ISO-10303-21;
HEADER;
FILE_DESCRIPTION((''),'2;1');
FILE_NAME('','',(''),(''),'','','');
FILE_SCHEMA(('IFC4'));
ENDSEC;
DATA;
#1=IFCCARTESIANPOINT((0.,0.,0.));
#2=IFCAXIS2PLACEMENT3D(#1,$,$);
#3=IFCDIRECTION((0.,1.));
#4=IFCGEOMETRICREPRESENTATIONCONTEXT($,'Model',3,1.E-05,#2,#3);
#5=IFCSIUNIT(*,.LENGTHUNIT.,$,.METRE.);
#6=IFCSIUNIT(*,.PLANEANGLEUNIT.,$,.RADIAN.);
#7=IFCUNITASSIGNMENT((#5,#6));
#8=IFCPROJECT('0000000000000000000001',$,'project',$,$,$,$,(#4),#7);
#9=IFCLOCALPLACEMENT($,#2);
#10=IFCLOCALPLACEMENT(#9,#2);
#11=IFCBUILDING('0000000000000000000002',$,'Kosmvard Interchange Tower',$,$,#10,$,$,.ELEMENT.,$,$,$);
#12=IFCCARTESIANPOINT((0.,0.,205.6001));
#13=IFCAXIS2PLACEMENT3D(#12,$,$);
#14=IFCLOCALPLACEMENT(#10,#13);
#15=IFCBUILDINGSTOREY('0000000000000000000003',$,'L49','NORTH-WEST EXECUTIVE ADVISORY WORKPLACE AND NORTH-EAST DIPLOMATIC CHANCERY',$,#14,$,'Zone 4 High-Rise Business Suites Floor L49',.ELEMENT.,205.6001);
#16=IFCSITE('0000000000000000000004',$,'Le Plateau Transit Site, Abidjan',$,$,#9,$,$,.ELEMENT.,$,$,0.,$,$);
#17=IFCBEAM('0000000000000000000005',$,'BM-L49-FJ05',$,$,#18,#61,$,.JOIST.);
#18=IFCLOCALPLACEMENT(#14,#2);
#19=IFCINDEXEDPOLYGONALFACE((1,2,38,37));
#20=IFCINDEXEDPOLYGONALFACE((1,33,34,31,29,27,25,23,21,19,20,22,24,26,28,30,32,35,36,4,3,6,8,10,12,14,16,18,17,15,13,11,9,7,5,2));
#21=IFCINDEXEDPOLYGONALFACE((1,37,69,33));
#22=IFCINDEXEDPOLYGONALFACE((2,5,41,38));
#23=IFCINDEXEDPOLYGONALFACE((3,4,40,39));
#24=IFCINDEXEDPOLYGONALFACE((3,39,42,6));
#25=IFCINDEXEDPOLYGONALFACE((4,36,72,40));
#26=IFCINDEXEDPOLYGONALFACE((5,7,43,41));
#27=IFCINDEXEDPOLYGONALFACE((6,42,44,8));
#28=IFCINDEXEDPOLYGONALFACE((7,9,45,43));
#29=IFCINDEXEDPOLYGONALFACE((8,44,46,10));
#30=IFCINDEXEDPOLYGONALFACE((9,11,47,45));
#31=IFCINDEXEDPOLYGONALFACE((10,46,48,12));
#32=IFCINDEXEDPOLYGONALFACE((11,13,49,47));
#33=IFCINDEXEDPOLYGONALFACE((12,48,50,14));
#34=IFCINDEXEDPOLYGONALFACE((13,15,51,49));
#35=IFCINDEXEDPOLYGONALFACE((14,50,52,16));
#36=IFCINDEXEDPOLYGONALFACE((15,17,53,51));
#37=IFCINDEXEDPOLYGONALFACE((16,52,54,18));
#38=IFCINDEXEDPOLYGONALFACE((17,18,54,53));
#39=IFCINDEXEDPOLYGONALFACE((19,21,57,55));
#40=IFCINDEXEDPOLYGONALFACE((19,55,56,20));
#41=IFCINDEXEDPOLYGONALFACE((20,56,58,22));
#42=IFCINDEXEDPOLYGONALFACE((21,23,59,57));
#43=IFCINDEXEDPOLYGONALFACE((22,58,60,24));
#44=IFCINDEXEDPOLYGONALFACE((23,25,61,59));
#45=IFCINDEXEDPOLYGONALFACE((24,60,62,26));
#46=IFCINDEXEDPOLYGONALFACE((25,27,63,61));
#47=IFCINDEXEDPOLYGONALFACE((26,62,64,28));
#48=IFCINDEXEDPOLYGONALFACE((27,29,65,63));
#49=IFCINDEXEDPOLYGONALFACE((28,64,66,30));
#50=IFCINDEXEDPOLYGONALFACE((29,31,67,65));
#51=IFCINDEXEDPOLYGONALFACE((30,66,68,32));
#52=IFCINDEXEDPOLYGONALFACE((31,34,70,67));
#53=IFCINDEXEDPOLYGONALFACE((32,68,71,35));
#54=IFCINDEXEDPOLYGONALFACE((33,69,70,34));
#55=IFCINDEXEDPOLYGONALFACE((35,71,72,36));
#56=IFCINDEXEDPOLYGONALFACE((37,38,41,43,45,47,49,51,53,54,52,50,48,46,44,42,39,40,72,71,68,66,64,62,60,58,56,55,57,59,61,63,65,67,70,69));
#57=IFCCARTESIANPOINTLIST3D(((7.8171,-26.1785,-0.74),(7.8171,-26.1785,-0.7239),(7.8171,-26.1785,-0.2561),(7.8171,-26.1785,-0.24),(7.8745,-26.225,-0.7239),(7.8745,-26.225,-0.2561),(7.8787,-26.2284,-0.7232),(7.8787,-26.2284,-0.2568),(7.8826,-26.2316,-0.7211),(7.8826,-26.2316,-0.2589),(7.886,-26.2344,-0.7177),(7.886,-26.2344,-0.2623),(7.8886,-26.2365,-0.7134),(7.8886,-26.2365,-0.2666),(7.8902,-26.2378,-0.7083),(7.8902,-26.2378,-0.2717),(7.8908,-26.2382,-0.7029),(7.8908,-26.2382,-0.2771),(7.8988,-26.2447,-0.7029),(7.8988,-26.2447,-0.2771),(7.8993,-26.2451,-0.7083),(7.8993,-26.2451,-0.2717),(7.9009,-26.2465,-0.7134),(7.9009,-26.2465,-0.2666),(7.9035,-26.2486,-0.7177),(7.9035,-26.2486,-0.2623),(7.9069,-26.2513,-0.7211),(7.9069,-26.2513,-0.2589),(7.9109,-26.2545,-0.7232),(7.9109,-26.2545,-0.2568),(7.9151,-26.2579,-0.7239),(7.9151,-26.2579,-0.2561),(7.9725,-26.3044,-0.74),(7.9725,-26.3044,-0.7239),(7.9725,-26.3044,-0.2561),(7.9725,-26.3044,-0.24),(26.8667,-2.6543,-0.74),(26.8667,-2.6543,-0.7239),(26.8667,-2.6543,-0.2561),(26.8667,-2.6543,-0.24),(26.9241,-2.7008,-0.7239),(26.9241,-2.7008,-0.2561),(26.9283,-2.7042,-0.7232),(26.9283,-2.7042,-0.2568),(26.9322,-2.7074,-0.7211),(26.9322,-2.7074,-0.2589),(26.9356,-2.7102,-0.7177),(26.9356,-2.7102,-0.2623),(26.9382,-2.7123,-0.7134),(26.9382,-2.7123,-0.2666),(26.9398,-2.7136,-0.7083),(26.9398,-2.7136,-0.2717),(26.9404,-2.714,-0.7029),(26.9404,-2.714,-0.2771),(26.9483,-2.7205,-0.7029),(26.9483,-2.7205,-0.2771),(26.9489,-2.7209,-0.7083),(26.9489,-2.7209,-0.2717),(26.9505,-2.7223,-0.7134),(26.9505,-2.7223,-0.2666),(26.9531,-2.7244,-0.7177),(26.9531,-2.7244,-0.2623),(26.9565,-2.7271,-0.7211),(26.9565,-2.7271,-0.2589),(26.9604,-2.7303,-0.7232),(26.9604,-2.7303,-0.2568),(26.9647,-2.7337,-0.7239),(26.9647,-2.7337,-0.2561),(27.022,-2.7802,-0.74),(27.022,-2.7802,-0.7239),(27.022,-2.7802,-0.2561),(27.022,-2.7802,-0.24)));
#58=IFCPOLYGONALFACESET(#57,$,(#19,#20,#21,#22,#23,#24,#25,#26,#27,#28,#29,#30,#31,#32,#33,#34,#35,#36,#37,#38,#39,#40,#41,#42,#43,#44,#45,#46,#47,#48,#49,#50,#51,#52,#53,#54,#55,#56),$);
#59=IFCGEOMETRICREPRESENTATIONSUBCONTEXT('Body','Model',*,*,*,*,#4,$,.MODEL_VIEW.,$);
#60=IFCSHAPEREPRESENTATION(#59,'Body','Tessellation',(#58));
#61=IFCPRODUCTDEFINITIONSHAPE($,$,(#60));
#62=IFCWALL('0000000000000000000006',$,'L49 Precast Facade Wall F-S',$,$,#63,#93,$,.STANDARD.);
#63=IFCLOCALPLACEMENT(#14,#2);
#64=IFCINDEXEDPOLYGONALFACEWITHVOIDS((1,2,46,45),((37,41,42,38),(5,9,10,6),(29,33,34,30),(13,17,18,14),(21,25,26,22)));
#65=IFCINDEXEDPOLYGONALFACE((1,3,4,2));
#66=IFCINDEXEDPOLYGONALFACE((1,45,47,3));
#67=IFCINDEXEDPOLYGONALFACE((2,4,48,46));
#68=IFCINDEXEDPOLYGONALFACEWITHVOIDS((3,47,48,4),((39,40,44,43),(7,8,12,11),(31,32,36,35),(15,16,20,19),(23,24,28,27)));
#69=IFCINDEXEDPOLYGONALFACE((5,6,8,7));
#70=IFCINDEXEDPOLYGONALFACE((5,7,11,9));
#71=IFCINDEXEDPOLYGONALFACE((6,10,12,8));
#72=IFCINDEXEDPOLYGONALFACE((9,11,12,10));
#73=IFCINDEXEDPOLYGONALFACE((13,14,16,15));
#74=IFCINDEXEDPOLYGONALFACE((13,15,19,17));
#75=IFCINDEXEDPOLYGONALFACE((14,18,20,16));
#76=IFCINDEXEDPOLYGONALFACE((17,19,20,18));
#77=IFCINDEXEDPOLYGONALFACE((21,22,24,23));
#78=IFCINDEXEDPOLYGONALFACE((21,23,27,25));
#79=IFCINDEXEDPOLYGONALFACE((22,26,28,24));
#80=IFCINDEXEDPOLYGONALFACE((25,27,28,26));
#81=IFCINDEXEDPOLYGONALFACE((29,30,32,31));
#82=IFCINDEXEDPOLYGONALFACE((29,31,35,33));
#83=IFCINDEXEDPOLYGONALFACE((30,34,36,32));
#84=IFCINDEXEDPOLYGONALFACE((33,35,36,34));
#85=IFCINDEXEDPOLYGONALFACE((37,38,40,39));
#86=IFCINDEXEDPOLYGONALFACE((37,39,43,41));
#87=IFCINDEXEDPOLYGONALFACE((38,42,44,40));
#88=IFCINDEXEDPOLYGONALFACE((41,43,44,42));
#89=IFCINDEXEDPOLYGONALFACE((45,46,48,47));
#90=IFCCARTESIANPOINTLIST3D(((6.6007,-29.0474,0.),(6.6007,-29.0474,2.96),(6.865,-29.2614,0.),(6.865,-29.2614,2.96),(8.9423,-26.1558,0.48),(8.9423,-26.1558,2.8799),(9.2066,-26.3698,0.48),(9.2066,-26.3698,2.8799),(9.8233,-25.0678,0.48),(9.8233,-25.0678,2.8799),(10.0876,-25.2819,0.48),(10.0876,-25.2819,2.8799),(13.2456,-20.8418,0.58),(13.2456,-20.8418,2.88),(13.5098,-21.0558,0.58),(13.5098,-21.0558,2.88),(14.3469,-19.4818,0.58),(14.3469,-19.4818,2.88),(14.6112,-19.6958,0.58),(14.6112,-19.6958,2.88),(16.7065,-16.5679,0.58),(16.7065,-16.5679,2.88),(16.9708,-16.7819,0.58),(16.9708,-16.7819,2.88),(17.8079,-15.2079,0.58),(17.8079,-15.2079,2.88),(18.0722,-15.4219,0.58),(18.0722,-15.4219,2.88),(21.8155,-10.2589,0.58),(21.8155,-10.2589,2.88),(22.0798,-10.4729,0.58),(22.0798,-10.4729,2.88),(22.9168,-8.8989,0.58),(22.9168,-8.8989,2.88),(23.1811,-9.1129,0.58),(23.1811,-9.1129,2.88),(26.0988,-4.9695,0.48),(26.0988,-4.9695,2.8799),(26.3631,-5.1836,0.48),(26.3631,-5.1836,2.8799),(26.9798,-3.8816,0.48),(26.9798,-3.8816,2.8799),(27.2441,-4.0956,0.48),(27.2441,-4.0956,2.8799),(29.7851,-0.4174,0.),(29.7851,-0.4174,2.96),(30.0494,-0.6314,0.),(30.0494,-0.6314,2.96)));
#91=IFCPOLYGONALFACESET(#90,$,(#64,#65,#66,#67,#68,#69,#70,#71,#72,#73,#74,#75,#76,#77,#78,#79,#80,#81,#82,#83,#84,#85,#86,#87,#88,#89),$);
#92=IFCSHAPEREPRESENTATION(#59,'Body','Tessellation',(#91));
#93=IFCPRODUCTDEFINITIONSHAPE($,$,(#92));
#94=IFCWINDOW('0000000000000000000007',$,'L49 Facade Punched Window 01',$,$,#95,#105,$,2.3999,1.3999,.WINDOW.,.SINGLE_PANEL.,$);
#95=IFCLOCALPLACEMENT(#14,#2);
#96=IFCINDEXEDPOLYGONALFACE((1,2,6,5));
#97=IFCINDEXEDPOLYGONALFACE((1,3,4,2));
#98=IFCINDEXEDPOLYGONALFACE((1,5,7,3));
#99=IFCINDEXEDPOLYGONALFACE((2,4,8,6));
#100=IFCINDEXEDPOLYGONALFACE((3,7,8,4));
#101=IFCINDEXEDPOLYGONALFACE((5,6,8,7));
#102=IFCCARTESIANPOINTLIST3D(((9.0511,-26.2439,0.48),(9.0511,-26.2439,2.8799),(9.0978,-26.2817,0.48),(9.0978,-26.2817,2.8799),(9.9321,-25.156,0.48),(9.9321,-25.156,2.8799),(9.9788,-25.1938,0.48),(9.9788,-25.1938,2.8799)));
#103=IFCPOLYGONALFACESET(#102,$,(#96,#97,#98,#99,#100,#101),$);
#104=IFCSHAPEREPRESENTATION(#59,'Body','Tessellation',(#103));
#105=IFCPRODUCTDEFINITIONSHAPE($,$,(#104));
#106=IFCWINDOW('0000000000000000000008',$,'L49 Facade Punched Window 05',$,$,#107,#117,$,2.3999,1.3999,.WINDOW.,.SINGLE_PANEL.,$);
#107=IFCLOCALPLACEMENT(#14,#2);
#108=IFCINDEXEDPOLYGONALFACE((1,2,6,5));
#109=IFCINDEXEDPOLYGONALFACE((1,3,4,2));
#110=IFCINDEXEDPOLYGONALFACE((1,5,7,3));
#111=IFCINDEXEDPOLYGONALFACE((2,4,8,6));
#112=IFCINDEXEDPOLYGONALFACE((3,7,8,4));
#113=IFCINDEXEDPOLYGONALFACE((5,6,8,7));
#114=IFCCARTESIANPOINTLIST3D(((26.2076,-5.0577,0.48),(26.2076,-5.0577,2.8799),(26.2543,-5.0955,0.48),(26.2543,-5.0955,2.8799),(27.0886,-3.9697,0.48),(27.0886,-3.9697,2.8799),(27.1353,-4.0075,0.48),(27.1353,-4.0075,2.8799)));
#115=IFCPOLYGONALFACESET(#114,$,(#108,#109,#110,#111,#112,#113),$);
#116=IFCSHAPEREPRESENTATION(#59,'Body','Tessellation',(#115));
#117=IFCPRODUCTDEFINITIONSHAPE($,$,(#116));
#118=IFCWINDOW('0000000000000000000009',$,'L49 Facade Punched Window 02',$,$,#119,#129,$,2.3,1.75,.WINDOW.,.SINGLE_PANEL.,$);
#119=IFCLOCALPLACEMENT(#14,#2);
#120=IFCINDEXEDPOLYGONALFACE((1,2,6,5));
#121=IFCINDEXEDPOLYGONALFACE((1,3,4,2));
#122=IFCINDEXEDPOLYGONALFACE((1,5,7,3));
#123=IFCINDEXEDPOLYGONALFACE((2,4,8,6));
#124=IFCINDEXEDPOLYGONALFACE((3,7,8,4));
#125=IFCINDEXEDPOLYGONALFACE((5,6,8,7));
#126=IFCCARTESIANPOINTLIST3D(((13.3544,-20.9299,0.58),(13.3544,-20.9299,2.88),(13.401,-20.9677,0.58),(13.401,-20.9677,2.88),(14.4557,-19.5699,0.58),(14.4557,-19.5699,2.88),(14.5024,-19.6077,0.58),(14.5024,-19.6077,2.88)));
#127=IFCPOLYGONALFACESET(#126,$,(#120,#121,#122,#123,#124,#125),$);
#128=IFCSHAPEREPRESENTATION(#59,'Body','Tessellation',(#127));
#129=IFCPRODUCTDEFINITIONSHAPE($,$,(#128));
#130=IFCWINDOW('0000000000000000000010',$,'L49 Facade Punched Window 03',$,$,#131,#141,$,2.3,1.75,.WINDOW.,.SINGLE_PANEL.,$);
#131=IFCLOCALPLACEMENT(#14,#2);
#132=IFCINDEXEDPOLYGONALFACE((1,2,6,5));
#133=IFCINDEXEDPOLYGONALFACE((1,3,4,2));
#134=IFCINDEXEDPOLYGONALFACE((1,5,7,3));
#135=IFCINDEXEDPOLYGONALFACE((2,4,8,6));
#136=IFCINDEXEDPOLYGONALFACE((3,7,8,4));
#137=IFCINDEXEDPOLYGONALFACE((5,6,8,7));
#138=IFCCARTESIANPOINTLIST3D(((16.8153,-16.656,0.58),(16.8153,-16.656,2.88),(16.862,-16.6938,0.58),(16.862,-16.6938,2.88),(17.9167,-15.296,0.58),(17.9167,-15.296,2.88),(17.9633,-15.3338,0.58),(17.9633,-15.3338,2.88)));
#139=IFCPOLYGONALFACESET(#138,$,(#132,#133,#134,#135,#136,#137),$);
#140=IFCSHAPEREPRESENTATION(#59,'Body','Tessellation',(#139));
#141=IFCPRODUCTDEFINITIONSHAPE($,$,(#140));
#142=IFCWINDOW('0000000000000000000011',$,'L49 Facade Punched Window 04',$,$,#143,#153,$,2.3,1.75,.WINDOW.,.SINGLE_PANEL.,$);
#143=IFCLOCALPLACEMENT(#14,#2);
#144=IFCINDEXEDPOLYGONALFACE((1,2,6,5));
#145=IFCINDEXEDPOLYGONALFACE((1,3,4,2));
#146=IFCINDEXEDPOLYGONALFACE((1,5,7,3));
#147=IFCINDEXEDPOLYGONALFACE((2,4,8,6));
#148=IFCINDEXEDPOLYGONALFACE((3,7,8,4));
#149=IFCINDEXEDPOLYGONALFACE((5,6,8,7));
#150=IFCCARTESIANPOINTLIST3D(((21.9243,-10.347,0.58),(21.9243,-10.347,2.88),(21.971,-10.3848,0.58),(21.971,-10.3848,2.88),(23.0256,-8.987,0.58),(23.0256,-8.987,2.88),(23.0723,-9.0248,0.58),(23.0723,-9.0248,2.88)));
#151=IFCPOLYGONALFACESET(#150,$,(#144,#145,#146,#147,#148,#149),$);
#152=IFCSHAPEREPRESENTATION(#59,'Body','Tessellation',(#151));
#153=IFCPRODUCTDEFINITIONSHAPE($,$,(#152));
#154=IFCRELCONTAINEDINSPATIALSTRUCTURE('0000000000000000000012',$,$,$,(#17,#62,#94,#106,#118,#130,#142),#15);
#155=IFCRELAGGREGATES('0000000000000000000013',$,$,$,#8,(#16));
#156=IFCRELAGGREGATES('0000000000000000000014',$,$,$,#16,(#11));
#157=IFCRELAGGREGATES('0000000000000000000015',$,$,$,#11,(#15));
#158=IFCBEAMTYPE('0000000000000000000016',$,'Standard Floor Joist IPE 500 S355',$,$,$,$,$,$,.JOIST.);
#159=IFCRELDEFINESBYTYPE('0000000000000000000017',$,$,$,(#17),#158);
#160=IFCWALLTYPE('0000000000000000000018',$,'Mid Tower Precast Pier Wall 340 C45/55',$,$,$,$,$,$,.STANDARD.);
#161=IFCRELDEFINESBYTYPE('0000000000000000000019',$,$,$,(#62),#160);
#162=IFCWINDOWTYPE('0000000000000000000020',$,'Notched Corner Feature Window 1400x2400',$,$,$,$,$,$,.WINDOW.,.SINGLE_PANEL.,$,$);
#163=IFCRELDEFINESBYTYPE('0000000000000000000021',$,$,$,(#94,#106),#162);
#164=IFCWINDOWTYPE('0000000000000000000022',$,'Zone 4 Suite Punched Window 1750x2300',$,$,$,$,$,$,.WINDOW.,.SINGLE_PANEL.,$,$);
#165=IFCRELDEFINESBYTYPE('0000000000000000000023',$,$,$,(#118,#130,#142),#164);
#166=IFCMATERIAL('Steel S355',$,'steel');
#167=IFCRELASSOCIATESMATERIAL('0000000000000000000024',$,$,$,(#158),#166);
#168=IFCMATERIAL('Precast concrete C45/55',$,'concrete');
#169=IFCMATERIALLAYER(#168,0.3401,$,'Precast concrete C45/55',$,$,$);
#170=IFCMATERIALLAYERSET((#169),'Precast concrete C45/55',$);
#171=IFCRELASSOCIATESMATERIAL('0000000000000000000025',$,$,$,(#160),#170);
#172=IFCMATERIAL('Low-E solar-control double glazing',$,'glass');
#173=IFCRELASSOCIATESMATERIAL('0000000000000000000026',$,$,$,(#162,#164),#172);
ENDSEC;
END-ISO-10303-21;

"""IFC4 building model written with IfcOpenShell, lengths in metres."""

from ifc_helpers import new_model, si_unit, direction, frame, frame_2d, origin, origin_2d, place, context, subcontext, project, spatial, rectangle, i_section, extrude, source, transform, mapped, material, layer, layer_set, material_profile, profile_set, type_object, element, fill, save


model = new_model("IFC4")

# Units and contexts
model_context = context("Model", 3, precision=1e-05, world=origin(), true_north=direction((0.0, 1.0)))
body_context = subcontext(model_context, "Body", "Model", "MODEL_VIEW")
ifc_project = project(units=[si_unit("LENGTHUNIT", "METRE"), si_unit("PLANEANGLEUNIT", "RADIAN")], contexts=[model_context])

# Site, building, storey
site_placement = place(None, origin())
site = spatial("IfcSite", under=ifc_project, at=site_placement, Name="Le Plateau Transit Site, Abidjan", CompositionType="ELEMENT", RefElevation=0.0)
building_placement = place(site_placement, origin())
building = spatial("IfcBuilding", under=site, at=building_placement, Name="Kosmvard Interchange Tower", CompositionType="ELEMENT")
storey_placement = place(building_placement, frame((0.0, 0.0, 205.6001)))
storey = spatial("IfcBuildingStorey", under=building, at=storey_placement, Name="L49", Description="NORTH-WEST EXECUTIVE ADVISORY WORKPLACE AND NORTH-EAST DIPLOMATIC CHANCERY", LongName="Zone 4 High-Rise Business Suites Floor L49", CompositionType="ELEMENT", Elevation=205.6001)

# Beam
ifc_material_1 = material(Name="Steel S355", Category="steel")
ifc_material_profile_1 = material_profile(ifc_material_1, i_section(OverallWidth=0.2, OverallDepth=0.5, WebThickness=0.0103, FlangeThickness=0.0161, FilletRadius=0.021, at=origin_2d()), Name="IPE 500")
ifc_profile_set_1 = profile_set([ifc_material_profile_1], Name="Steel S355")
beam_type_1 = type_object("IfcBeamType", Name="Standard Floor Joist IPE 500 S355", PredefinedType="JOIST", material=ifc_profile_set_1)
shared_shape_1 = source(origin(), body_context, "Body", "SweptSolid", [
    extrude(i_section(OverallWidth=0.2, OverallDepth=0.5, WebThickness=0.0103, FlangeThickness=0.0161, FilletRadius=0.021, at=origin_2d()), origin(), (0.0, 0.0, 1.0), 30.27),
])
beam_1_placement = place(storey_placement, frame((7.8948, -26.2415, -0.49), z_axis=(0.629322, 0.777145, 0.0), x_axis=(-0.777145, 0.629322, 0.0)))
element("IfcBeam", 1, at=beam_1_placement, inside=storey, type_object=beam_type_1, Name="BM-L49-FJ05", PredefinedType="JOIST", context=body_context, shape_type="MappedRepresentation", body=[
    mapped(shared_shape_1, transform((0.0, 0.0, 0.0), scale=1.0)),
])

# Wall, openings, windows
ifc_material_2 = material(Name="Precast concrete C45/55", Category="concrete")
ifc_layer_1 = layer(ifc_material_2, 0.3401, Name="Precast concrete C45/55")
ifc_layer_set_1 = layer_set([ifc_layer_1], Name="Precast concrete C45/55")
wall_type_1 = type_object("IfcWallType", Name="Mid Tower Precast Pier Wall 340 C45/55", PredefinedType="STANDARD", material=ifc_layer_set_1)
wall_1_placement = place(storey_placement, frame((6.7329, -29.1543, 0.0), z_axis=(0.0, 0.0, 1.0), x_axis=(0.629325, 0.777142, 0.0)))
wall_1 = element("IfcWall", 2, at=wall_1_placement, inside=storey, type_object=wall_type_1, Name="L49 Precast Facade Wall F-S", PredefinedType="STANDARD", context=body_context, shape_type="SweptSolid", body=[
    extrude(rectangle(XDim=36.8401, YDim=0.3401, at=frame_2d((18.4199, 0.0))), origin(), (0.0, 0.0, 1.0), 2.96),
])
opening_1_placement = place(wall_1_placement, frame((3.7207, 0.0, 0.48)))
opening_1 = element("IfcOpeningElement", 3, at=opening_1_placement, cuts=wall_1, PredefinedType="OPENING", context=body_context, shape_type="SweptSolid", body=[
    extrude(rectangle(XDim=1.3999, YDim=2.3999, at=frame_2d((0.7, 1.2))), frame((0.0, 0.1802, 0.0), z_axis=(0.0, -1.0, 0.0), x_axis=(1.0, 0.0, 0.0)), (0.0, 0.0, 1.0), 0.3601),
])
opening_2_placement = place(wall_1_placement, frame((10.5586, 0.0, 0.5801)))
opening_2 = element("IfcOpeningElement", 4, at=opening_2_placement, cuts=wall_1, PredefinedType="OPENING", context=body_context, shape_type="SweptSolid", body=[
    extrude(rectangle(XDim=1.75, YDim=2.3, at=frame_2d((0.875, 1.1499))), frame((0.0, 0.1802, 0.0), z_axis=(0.0, -1.0, 0.0), x_axis=(1.0, 0.0, 0.0)), (0.0, 0.0, 1.0), 0.3601),
])
opening_3_placement = place(wall_1_placement, frame((16.0581, 0.0, 0.5801)))
opening_3 = element("IfcOpeningElement", 5, at=opening_3_placement, cuts=wall_1, PredefinedType="OPENING", context=body_context, shape_type="SweptSolid", body=[
    extrude(rectangle(XDim=1.75, YDim=2.3, at=frame_2d((0.875, 1.1499))), frame((0.0, 0.1802, 0.0), z_axis=(0.0, -1.0, 0.0), x_axis=(1.0, 0.0, 0.0)), (0.0, 0.0, 1.0), 0.3601),
])
opening_4_placement = place(wall_1_placement, frame((24.1763, 0.0, 0.5801)))
opening_4 = element("IfcOpeningElement", 6, at=opening_4_placement, cuts=wall_1, PredefinedType="OPENING", context=body_context, shape_type="SweptSolid", body=[
    extrude(rectangle(XDim=1.75, YDim=2.3, at=frame_2d((0.875, 1.1499))), frame((0.0, 0.1802, 0.0), z_axis=(0.0, -1.0, 0.0), x_axis=(1.0, 0.0, 0.0)), (0.0, 0.0, 1.0), 0.3601),
])
opening_5_placement = place(wall_1_placement, frame((30.9824, 0.0, 0.48)))
opening_5 = element("IfcOpeningElement", 7, at=opening_5_placement, cuts=wall_1, PredefinedType="OPENING", context=body_context, shape_type="SweptSolid", body=[
    extrude(rectangle(XDim=1.3999, YDim=2.3999, at=frame_2d((0.7, 1.2))), frame((0.0, 0.1802, 0.0), z_axis=(0.0, -1.0, 0.0), x_axis=(1.0, 0.0, 0.0)), (0.0, 0.0, 1.0), 0.3601),
])
ifc_material_3 = material(Name="Low-E solar-control double glazing", Category="glass")
window_type_1 = type_object("IfcWindowType", Name="Notched Corner Feature Window 1400x2400", PartitioningType="SINGLE_PANEL", PredefinedType="WINDOW", material=ifc_material_3)
shared_shape_2 = source(origin(), body_context, "Body", "SweptSolid", [
    extrude(rectangle(XDim=1.3999, YDim=2.3999, at=frame_2d((0.7, 1.2))), frame((0.0, 0.03, 0.0), z_axis=(0.0, -1.0, 0.0), x_axis=(1.0, 0.0, 0.0)), (0.0, 0.0, 1.0), 0.0601),
])
window_1_placement = place(opening_1_placement, origin())
window_1 = element("IfcWindow", 8, at=window_1_placement, inside=storey, type_object=window_type_1, Name="L49 Facade Punched Window 01", OverallHeight=2.3999, OverallWidth=1.3999, PartitioningType="SINGLE_PANEL", PredefinedType="WINDOW", context=body_context, shape_type="MappedRepresentation", body=[
    mapped(shared_shape_2, transform((0.0, 0.0, 0.0), scale=1.0)),
])
fill(opening_1, window_1)
window_2_placement = place(opening_5_placement, origin())
window_2 = element("IfcWindow", 9, at=window_2_placement, inside=storey, type_object=window_type_1, Name="L49 Facade Punched Window 05", OverallHeight=2.3999, OverallWidth=1.3999, PartitioningType="SINGLE_PANEL", PredefinedType="WINDOW", context=body_context, shape_type="MappedRepresentation", body=[
    mapped(shared_shape_2, transform((0.0, 0.0, 0.0), scale=1.0)),
])
fill(opening_5, window_2)
window_type_2 = type_object("IfcWindowType", Name="Zone 4 Suite Punched Window 1750x2300", PartitioningType="SINGLE_PANEL", PredefinedType="WINDOW", material=ifc_material_3)
shared_shape_3 = source(origin(), body_context, "Body", "SweptSolid", [
    extrude(rectangle(XDim=1.75, YDim=2.3, at=frame_2d((0.875, 1.1499))), frame((0.0, 0.03, 0.0), z_axis=(0.0, -1.0, 0.0), x_axis=(1.0, 0.0, 0.0)), (0.0, 0.0, 1.0), 0.0601),
])
window_3_placement = place(opening_2_placement, origin())
window_3 = element("IfcWindow", 10, at=window_3_placement, inside=storey, type_object=window_type_2, Name="L49 Facade Punched Window 02", OverallHeight=2.3, OverallWidth=1.75, PartitioningType="SINGLE_PANEL", PredefinedType="WINDOW", context=body_context, shape_type="MappedRepresentation", body=[
    mapped(shared_shape_3, transform((0.0, 0.0, 0.0), scale=1.0)),
])
fill(opening_2, window_3)
window_4_placement = place(opening_3_placement, origin())
window_4 = element("IfcWindow", 11, at=window_4_placement, inside=storey, type_object=window_type_2, Name="L49 Facade Punched Window 03", OverallHeight=2.3, OverallWidth=1.75, PartitioningType="SINGLE_PANEL", PredefinedType="WINDOW", context=body_context, shape_type="MappedRepresentation", body=[
    mapped(shared_shape_3, transform((0.0, 0.0, 0.0), scale=1.0)),
])
fill(opening_3, window_4)
window_5_placement = place(opening_4_placement, origin())
window_5 = element("IfcWindow", 12, at=window_5_placement, inside=storey, type_object=window_type_2, Name="L49 Facade Punched Window 04", OverallHeight=2.3, OverallWidth=1.75, PartitioningType="SINGLE_PANEL", PredefinedType="WINDOW", context=body_context, shape_type="MappedRepresentation", body=[
    mapped(shared_shape_3, transform((0.0, 0.0, 0.0), scale=1.0)),
])
fill(opening_4, window_5)

save(model, "model.ifc")
